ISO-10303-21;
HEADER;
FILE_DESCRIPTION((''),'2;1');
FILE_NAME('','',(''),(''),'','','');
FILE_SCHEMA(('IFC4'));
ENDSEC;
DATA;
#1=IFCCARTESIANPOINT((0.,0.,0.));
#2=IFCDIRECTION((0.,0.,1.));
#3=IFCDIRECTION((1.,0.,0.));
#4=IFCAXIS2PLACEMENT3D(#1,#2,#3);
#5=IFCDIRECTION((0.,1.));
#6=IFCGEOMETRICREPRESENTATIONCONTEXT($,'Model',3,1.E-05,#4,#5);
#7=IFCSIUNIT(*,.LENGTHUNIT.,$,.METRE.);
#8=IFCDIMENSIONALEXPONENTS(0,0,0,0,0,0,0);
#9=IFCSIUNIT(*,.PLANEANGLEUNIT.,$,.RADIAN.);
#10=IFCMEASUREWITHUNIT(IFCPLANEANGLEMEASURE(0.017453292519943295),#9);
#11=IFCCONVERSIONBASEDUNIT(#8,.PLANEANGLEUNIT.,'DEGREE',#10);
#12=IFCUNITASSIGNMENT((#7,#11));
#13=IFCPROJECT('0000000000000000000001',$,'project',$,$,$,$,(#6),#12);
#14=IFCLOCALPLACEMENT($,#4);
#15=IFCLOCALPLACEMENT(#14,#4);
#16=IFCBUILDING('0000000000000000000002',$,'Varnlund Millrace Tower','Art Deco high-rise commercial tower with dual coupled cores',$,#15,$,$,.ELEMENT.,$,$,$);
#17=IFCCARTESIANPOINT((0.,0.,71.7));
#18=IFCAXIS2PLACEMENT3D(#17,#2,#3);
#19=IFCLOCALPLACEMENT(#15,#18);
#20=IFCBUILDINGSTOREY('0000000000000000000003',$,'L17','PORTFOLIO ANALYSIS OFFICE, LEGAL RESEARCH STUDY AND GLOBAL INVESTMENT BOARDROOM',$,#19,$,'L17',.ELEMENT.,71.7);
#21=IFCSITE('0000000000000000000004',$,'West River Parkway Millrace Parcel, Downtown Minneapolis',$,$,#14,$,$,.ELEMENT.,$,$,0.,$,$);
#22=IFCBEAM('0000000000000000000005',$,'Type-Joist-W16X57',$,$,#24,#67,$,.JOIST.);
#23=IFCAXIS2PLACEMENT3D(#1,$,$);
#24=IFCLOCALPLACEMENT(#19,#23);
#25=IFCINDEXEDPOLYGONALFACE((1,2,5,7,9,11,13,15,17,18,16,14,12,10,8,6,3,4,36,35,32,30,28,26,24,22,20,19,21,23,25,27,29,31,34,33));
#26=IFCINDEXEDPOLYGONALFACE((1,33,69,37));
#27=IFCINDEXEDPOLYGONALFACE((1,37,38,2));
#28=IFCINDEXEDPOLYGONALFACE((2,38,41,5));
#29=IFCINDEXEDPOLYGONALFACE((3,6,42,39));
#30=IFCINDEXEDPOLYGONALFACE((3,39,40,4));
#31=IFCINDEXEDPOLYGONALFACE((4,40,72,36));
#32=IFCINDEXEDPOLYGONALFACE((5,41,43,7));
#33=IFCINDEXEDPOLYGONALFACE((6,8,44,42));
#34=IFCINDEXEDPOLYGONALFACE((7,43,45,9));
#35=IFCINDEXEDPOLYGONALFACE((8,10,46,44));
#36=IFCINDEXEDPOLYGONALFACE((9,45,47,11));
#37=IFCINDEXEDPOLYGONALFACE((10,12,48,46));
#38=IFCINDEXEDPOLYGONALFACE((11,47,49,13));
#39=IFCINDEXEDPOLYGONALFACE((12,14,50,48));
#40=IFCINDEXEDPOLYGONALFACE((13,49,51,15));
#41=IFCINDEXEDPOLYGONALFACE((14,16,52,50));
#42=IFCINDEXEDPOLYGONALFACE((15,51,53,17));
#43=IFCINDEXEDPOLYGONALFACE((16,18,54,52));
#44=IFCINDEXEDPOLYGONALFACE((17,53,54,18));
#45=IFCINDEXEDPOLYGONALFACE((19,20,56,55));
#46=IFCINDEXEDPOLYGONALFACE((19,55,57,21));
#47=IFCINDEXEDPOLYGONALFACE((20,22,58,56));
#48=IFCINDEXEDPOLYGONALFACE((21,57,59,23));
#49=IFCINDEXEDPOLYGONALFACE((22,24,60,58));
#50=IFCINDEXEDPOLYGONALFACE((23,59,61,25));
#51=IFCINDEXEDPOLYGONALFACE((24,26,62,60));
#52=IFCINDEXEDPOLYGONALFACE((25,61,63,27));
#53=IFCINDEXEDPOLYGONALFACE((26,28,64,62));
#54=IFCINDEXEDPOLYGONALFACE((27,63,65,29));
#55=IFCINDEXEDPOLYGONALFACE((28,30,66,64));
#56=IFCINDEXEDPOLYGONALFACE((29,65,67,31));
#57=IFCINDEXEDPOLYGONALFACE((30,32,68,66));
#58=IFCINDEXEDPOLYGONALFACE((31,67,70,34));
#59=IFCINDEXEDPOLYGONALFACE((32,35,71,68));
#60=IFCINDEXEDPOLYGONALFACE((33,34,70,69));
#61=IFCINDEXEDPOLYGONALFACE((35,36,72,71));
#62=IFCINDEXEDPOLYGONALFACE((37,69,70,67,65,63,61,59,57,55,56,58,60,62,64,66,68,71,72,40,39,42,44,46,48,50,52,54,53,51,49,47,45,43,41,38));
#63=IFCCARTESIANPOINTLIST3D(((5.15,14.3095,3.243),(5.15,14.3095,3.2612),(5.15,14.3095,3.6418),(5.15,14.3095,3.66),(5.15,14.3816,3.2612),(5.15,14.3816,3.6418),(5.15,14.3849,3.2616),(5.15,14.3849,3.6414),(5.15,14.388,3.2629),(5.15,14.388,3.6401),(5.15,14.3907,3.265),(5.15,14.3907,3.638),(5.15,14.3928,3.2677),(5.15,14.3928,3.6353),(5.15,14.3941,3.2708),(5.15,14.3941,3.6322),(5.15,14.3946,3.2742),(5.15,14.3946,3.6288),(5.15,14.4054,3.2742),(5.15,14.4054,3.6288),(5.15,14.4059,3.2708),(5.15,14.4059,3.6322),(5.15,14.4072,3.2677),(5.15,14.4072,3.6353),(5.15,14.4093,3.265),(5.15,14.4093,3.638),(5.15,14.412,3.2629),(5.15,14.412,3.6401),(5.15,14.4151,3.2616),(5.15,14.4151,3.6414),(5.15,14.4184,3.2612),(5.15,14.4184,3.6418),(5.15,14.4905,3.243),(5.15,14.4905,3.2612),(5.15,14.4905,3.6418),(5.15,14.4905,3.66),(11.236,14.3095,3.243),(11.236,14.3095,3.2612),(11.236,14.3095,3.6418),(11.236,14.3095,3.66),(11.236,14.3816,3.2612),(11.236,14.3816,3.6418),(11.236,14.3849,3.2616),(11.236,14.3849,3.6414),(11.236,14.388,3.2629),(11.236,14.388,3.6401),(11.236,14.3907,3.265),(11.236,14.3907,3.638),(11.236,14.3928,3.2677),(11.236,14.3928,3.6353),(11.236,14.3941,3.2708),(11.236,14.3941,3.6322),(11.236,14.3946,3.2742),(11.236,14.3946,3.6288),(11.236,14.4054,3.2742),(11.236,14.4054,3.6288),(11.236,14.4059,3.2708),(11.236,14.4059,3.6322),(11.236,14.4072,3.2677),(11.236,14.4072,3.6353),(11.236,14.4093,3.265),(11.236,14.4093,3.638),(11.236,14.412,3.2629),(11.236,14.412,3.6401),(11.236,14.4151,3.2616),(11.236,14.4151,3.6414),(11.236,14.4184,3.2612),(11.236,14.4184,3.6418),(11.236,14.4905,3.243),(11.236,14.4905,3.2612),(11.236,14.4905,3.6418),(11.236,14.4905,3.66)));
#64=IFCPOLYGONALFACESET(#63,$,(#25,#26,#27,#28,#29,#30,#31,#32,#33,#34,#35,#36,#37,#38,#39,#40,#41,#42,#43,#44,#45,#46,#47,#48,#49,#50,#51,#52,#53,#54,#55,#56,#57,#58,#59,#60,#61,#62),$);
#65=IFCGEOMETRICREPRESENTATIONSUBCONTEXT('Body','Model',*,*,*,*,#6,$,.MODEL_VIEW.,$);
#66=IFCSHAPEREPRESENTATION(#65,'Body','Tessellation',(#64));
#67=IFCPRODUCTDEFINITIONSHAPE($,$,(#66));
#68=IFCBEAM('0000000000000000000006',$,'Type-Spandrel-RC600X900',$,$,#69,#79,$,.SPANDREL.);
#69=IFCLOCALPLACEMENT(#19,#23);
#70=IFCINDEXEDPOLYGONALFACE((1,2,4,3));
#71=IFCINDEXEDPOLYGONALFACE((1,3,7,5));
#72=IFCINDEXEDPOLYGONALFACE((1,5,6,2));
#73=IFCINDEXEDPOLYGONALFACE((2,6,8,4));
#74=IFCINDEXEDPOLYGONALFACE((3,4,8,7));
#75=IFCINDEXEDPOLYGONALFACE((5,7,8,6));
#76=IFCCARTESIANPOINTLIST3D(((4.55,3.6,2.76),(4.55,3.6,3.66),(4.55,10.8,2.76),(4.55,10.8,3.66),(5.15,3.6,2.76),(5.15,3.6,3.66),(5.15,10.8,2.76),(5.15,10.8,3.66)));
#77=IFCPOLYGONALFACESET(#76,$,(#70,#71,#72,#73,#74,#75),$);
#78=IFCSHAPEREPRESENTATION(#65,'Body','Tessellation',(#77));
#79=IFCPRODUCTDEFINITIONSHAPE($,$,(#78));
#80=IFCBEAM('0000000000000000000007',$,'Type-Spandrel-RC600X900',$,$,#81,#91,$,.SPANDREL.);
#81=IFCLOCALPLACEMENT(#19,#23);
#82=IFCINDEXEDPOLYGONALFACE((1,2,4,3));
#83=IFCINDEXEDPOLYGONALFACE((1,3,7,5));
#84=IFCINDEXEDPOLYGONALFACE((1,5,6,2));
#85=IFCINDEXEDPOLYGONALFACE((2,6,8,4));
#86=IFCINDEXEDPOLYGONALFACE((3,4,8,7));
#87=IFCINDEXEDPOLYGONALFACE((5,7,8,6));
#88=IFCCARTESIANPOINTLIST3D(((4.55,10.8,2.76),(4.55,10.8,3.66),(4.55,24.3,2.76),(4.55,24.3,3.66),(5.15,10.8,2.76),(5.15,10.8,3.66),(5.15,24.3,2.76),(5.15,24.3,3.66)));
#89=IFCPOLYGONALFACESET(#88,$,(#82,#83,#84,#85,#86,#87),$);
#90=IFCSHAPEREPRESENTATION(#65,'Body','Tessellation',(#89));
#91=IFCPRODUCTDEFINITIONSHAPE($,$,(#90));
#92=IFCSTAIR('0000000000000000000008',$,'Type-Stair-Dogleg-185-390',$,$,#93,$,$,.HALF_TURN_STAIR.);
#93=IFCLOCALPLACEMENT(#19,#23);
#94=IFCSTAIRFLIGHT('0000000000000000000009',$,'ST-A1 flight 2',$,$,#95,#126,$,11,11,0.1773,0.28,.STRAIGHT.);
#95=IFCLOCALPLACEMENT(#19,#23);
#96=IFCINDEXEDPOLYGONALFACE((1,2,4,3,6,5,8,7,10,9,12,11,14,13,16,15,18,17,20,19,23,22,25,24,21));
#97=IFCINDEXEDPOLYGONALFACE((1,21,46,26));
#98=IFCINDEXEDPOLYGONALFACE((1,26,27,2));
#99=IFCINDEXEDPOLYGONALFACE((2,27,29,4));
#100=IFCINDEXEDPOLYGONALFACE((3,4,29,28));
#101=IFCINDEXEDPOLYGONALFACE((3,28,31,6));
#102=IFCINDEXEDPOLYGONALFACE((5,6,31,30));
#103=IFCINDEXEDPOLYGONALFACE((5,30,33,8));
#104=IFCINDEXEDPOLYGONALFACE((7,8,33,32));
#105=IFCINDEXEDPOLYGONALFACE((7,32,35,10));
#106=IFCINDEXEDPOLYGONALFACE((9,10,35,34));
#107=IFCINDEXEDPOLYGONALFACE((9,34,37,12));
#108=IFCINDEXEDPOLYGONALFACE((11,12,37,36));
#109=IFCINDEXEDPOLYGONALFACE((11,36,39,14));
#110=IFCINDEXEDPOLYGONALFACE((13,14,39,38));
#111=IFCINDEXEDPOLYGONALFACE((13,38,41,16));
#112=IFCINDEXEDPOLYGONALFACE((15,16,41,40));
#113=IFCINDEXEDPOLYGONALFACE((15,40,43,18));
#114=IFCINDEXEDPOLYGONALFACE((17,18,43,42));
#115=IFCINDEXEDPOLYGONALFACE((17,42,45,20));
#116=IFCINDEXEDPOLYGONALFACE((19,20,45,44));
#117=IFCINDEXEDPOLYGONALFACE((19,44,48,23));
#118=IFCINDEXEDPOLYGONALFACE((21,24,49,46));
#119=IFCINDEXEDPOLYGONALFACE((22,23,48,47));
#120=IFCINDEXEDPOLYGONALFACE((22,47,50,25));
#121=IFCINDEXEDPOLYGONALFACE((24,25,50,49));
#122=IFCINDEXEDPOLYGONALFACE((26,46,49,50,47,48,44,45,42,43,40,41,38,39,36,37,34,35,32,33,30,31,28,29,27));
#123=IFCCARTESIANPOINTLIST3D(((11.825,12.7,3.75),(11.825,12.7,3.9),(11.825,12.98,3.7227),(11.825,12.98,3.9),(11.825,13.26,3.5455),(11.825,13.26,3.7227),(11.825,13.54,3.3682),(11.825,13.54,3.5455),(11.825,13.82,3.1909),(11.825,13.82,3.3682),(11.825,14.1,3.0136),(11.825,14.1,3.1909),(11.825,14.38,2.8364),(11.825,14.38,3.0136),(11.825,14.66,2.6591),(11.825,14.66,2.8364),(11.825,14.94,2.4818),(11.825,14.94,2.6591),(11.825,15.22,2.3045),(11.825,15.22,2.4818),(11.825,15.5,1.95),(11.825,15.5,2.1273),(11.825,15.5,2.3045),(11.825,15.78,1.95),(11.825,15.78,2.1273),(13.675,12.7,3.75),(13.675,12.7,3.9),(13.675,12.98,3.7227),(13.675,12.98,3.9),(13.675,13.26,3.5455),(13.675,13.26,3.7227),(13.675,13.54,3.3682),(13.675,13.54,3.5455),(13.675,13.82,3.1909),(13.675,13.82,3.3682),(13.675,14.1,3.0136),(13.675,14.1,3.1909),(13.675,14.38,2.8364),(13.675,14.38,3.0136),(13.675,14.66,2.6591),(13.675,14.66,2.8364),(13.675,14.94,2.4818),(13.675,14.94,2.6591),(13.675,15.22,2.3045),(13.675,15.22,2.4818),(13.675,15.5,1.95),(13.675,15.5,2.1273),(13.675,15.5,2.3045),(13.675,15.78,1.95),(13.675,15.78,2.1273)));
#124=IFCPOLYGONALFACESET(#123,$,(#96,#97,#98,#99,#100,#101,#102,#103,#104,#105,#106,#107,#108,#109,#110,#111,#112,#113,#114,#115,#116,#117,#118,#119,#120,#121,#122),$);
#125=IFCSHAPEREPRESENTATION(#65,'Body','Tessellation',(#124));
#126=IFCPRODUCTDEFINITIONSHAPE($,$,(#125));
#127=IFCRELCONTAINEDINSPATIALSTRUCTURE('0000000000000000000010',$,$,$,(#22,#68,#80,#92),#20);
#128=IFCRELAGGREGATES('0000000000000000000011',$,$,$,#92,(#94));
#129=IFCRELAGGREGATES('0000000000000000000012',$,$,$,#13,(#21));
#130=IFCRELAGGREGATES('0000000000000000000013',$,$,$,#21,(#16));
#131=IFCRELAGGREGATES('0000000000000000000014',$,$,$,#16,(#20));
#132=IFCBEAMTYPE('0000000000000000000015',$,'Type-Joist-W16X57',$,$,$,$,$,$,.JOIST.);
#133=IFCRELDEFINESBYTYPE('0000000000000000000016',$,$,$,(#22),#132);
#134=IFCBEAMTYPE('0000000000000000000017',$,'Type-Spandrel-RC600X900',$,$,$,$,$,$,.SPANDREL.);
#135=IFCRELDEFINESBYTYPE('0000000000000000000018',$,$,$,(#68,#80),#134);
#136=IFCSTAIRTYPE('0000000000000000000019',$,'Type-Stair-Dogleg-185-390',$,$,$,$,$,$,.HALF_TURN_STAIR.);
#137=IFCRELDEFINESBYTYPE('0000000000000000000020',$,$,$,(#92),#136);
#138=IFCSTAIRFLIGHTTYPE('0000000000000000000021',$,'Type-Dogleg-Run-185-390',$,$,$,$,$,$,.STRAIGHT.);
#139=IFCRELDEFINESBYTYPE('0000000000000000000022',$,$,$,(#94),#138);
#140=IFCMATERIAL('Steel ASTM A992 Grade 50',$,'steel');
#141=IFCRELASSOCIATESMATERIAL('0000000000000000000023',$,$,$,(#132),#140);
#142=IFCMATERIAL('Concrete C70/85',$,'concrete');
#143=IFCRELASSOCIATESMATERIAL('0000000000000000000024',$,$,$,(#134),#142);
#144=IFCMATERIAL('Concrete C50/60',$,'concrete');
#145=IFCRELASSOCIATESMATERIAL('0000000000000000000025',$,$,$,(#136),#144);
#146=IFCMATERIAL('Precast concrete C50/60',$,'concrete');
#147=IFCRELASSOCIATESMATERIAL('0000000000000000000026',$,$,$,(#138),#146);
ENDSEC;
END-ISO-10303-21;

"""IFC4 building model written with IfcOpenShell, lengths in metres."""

from ifc_helpers import new_model, entity, si_unit, converted_unit, direction, frame, origin_with_axes, origin_2d_with_axis, place, context, subcontext, project, spatial, polyline, rectangle, i_section, outline, extrude, material, material_profile, profile_set, type_object, element, aggregate, save


model = new_model("IFC4")

# Units and contexts
model_context = context("Model", 3, precision=1e-05, world=origin_with_axes(), true_north=direction((0.0, 1.0)))
body_context = subcontext(model_context, "Body", "Model", "MODEL_VIEW")
ifc_project = project(units=[si_unit("LENGTHUNIT", "METRE"), converted_unit("PLANEANGLEUNIT", "DEGREE", entity("IfcPlaneAngleMeasure", 0.017453292519943295), si_unit("PLANEANGLEUNIT", "RADIAN"), dimensions=[0, 0, 0, 0, 0, 0, 0])], contexts=[model_context])

# Site, building, storey
site_placement = place(None, origin_with_axes())
site = spatial("IfcSite", under=ifc_project, at=site_placement, Name="West River Parkway Millrace Parcel, Downtown Minneapolis", CompositionType="ELEMENT", RefElevation=0.0)
building_placement = place(site_placement, origin_with_axes())
building = spatial("IfcBuilding", under=site, at=building_placement, Name="Varnlund Millrace Tower", Description="Art Deco high-rise commercial tower with dual coupled cores", CompositionType="ELEMENT")
storey_placement = place(building_placement, frame((0.0, 0.0, 71.7), z_axis=(0.0, 0.0, 1.0), x_axis=(1.0, 0.0, 0.0)))
storey = spatial("IfcBuildingStorey", under=building, at=storey_placement, Name="L17", Description="PORTFOLIO ANALYSIS OFFICE, LEGAL RESEARCH STUDY AND GLOBAL INVESTMENT BOARDROOM", LongName="L17", CompositionType="ELEMENT", Elevation=71.7)

# Beams
ifc_material_1 = material(Name="Steel ASTM A992 Grade 50", Category="steel")
ifc_material_profile_1 = material_profile(ifc_material_1, i_section(OverallWidth=0.181, OverallDepth=0.417, WebThickness=0.0109, FlangeThickness=0.0182, FilletRadius=0.013, at=origin_2d_with_axis()), Name="Steel ASTM A992 Grade 50")
ifc_profile_set_1 = profile_set([ifc_material_profile_1], Name="Steel ASTM A992 Grade 50")
beam_type_1 = type_object("IfcBeamType", Name="Type-Joist-W16X57", PredefinedType="JOIST", material=ifc_profile_set_1)
for number, where, z_axis, x_axis, name in (
    (1, (5.15, 14.4, 3.4515), (1.0, 0.0, 0.0), (0.0, 1.0, 0.0), "Type-Joist-W16X57"),
):
    element("IfcBeam", number, at=place(storey_placement, frame(where, z_axis=z_axis, x_axis=x_axis)), inside=storey, type_object=beam_type_1, Name=name, PredefinedType="JOIST", context=body_context, shape_type="SweptSolid", body=[
        extrude(i_section(OverallWidth=0.181, OverallDepth=0.417, WebThickness=0.0109, FlangeThickness=0.0182, FilletRadius=0.013, at=origin_2d_with_axis()), origin_with_axes(), (0.0, 0.0, 1.0), 6.086),
    ])
ifc_material_2 = material(Name="Concrete C70/85", Category="concrete")
ifc_material_profile_2 = material_profile(ifc_material_2, rectangle(XDim=0.6, YDim=0.9, at=origin_2d_with_axis()), Name="Concrete C70/85")
ifc_profile_set_2 = profile_set([ifc_material_profile_2], Name="Concrete C70/85")
beam_type_2 = type_object("IfcBeamType", Name="Type-Spandrel-RC600X900", PredefinedType="SPANDREL", material=ifc_profile_set_2)
beam_1_placement = place(storey_placement, frame((4.85, 3.6, 3.21), z_axis=(0.0, 1.0, 0.0), x_axis=(-1.0, 0.0, 0.0)))
element("IfcBeam", 2, at=beam_1_placement, inside=storey, type_object=beam_type_2, Name="Type-Spandrel-RC600X900", PredefinedType="SPANDREL", context=body_context, shape_type="SweptSolid", body=[
    extrude(rectangle(XDim=0.6, YDim=0.9, at=origin_2d_with_axis()), origin_with_axes(), (0.0, 0.0, 1.0), 7.2),
])
beam_2_placement = place(storey_placement, frame((4.85, 10.8, 3.21), z_axis=(0.0, 1.0, 0.0), x_axis=(-1.0, 0.0, 0.0)))
element("IfcBeam", 3, at=beam_2_placement, inside=storey, type_object=beam_type_2, Name="Type-Spandrel-RC600X900", PredefinedType="SPANDREL", context=body_context, shape_type="SweptSolid", body=[
    extrude(rectangle(XDim=0.6, YDim=0.9, at=origin_2d_with_axis()), origin_with_axes(), (0.0, 0.0, 1.0), 13.5),
])

# Stair, stair flight
ifc_material_3 = material(Name="Concrete C50/60", Category="concrete")
stair_type = type_object("IfcStairType", Name="Type-Stair-Dogleg-185-390", PredefinedType="HALF_TURN_STAIR", material=ifc_material_3)
stair_placement = place(storey_placement, origin_with_axes())
stair = element("IfcStair", 4, at=stair_placement, inside=storey, type_object=stair_type, Name="Type-Stair-Dogleg-185-390", PredefinedType="HALF_TURN_STAIR")
ifc_material_4 = material(Name="Precast concrete C50/60", Category="concrete")
stair_flight_type = type_object("IfcStairFlightType", Name="Type-Dogleg-Run-185-390", PredefinedType="STRAIGHT", material=ifc_material_4)
stair_flight_placement = place(storey_placement, frame((13.675, 15.78, 1.95), z_axis=(-1.0, 0.0, 0.0), x_axis=(0.0, -1.0, 0.0)))
stair_flight = element("IfcStairFlight", 5, at=stair_flight_placement, type_object=stair_flight_type, Name="ST-A1 flight 2", NumberOfRisers=11, NumberOfTreads=11, PredefinedType="STRAIGHT", RiserHeight=0.1773, TreadLength=0.28, context=body_context, shape_type="SweptSolid", body=[
    extrude(outline(polyline([(0.0, 0.0), (0.0, 0.1773), (0.28, 0.1773), (0.28, 0.3545), (0.56, 0.3545), (0.56, 0.5318), (0.84, 0.5318), (0.84, 0.7091), (1.12, 0.7091), (1.12, 0.8864), (1.4, 0.8864), (1.4, 1.0636), (1.68, 1.0636), (1.68, 1.2409), (1.96, 1.2409), (1.96, 1.4182), (2.24, 1.4182), (2.24, 1.5955), (2.52, 1.5955), (2.52, 1.7727), (2.8, 1.7727), (2.8, 1.95), (3.08, 1.95), (3.08, 1.8), (0.28, 0.0), (0.0, 0.0)])), origin_with_axes(), (0.0, 0.0, 1.0), 1.85),
])
aggregate(stair, [stair_flight])

save(model, "model.ifc")
